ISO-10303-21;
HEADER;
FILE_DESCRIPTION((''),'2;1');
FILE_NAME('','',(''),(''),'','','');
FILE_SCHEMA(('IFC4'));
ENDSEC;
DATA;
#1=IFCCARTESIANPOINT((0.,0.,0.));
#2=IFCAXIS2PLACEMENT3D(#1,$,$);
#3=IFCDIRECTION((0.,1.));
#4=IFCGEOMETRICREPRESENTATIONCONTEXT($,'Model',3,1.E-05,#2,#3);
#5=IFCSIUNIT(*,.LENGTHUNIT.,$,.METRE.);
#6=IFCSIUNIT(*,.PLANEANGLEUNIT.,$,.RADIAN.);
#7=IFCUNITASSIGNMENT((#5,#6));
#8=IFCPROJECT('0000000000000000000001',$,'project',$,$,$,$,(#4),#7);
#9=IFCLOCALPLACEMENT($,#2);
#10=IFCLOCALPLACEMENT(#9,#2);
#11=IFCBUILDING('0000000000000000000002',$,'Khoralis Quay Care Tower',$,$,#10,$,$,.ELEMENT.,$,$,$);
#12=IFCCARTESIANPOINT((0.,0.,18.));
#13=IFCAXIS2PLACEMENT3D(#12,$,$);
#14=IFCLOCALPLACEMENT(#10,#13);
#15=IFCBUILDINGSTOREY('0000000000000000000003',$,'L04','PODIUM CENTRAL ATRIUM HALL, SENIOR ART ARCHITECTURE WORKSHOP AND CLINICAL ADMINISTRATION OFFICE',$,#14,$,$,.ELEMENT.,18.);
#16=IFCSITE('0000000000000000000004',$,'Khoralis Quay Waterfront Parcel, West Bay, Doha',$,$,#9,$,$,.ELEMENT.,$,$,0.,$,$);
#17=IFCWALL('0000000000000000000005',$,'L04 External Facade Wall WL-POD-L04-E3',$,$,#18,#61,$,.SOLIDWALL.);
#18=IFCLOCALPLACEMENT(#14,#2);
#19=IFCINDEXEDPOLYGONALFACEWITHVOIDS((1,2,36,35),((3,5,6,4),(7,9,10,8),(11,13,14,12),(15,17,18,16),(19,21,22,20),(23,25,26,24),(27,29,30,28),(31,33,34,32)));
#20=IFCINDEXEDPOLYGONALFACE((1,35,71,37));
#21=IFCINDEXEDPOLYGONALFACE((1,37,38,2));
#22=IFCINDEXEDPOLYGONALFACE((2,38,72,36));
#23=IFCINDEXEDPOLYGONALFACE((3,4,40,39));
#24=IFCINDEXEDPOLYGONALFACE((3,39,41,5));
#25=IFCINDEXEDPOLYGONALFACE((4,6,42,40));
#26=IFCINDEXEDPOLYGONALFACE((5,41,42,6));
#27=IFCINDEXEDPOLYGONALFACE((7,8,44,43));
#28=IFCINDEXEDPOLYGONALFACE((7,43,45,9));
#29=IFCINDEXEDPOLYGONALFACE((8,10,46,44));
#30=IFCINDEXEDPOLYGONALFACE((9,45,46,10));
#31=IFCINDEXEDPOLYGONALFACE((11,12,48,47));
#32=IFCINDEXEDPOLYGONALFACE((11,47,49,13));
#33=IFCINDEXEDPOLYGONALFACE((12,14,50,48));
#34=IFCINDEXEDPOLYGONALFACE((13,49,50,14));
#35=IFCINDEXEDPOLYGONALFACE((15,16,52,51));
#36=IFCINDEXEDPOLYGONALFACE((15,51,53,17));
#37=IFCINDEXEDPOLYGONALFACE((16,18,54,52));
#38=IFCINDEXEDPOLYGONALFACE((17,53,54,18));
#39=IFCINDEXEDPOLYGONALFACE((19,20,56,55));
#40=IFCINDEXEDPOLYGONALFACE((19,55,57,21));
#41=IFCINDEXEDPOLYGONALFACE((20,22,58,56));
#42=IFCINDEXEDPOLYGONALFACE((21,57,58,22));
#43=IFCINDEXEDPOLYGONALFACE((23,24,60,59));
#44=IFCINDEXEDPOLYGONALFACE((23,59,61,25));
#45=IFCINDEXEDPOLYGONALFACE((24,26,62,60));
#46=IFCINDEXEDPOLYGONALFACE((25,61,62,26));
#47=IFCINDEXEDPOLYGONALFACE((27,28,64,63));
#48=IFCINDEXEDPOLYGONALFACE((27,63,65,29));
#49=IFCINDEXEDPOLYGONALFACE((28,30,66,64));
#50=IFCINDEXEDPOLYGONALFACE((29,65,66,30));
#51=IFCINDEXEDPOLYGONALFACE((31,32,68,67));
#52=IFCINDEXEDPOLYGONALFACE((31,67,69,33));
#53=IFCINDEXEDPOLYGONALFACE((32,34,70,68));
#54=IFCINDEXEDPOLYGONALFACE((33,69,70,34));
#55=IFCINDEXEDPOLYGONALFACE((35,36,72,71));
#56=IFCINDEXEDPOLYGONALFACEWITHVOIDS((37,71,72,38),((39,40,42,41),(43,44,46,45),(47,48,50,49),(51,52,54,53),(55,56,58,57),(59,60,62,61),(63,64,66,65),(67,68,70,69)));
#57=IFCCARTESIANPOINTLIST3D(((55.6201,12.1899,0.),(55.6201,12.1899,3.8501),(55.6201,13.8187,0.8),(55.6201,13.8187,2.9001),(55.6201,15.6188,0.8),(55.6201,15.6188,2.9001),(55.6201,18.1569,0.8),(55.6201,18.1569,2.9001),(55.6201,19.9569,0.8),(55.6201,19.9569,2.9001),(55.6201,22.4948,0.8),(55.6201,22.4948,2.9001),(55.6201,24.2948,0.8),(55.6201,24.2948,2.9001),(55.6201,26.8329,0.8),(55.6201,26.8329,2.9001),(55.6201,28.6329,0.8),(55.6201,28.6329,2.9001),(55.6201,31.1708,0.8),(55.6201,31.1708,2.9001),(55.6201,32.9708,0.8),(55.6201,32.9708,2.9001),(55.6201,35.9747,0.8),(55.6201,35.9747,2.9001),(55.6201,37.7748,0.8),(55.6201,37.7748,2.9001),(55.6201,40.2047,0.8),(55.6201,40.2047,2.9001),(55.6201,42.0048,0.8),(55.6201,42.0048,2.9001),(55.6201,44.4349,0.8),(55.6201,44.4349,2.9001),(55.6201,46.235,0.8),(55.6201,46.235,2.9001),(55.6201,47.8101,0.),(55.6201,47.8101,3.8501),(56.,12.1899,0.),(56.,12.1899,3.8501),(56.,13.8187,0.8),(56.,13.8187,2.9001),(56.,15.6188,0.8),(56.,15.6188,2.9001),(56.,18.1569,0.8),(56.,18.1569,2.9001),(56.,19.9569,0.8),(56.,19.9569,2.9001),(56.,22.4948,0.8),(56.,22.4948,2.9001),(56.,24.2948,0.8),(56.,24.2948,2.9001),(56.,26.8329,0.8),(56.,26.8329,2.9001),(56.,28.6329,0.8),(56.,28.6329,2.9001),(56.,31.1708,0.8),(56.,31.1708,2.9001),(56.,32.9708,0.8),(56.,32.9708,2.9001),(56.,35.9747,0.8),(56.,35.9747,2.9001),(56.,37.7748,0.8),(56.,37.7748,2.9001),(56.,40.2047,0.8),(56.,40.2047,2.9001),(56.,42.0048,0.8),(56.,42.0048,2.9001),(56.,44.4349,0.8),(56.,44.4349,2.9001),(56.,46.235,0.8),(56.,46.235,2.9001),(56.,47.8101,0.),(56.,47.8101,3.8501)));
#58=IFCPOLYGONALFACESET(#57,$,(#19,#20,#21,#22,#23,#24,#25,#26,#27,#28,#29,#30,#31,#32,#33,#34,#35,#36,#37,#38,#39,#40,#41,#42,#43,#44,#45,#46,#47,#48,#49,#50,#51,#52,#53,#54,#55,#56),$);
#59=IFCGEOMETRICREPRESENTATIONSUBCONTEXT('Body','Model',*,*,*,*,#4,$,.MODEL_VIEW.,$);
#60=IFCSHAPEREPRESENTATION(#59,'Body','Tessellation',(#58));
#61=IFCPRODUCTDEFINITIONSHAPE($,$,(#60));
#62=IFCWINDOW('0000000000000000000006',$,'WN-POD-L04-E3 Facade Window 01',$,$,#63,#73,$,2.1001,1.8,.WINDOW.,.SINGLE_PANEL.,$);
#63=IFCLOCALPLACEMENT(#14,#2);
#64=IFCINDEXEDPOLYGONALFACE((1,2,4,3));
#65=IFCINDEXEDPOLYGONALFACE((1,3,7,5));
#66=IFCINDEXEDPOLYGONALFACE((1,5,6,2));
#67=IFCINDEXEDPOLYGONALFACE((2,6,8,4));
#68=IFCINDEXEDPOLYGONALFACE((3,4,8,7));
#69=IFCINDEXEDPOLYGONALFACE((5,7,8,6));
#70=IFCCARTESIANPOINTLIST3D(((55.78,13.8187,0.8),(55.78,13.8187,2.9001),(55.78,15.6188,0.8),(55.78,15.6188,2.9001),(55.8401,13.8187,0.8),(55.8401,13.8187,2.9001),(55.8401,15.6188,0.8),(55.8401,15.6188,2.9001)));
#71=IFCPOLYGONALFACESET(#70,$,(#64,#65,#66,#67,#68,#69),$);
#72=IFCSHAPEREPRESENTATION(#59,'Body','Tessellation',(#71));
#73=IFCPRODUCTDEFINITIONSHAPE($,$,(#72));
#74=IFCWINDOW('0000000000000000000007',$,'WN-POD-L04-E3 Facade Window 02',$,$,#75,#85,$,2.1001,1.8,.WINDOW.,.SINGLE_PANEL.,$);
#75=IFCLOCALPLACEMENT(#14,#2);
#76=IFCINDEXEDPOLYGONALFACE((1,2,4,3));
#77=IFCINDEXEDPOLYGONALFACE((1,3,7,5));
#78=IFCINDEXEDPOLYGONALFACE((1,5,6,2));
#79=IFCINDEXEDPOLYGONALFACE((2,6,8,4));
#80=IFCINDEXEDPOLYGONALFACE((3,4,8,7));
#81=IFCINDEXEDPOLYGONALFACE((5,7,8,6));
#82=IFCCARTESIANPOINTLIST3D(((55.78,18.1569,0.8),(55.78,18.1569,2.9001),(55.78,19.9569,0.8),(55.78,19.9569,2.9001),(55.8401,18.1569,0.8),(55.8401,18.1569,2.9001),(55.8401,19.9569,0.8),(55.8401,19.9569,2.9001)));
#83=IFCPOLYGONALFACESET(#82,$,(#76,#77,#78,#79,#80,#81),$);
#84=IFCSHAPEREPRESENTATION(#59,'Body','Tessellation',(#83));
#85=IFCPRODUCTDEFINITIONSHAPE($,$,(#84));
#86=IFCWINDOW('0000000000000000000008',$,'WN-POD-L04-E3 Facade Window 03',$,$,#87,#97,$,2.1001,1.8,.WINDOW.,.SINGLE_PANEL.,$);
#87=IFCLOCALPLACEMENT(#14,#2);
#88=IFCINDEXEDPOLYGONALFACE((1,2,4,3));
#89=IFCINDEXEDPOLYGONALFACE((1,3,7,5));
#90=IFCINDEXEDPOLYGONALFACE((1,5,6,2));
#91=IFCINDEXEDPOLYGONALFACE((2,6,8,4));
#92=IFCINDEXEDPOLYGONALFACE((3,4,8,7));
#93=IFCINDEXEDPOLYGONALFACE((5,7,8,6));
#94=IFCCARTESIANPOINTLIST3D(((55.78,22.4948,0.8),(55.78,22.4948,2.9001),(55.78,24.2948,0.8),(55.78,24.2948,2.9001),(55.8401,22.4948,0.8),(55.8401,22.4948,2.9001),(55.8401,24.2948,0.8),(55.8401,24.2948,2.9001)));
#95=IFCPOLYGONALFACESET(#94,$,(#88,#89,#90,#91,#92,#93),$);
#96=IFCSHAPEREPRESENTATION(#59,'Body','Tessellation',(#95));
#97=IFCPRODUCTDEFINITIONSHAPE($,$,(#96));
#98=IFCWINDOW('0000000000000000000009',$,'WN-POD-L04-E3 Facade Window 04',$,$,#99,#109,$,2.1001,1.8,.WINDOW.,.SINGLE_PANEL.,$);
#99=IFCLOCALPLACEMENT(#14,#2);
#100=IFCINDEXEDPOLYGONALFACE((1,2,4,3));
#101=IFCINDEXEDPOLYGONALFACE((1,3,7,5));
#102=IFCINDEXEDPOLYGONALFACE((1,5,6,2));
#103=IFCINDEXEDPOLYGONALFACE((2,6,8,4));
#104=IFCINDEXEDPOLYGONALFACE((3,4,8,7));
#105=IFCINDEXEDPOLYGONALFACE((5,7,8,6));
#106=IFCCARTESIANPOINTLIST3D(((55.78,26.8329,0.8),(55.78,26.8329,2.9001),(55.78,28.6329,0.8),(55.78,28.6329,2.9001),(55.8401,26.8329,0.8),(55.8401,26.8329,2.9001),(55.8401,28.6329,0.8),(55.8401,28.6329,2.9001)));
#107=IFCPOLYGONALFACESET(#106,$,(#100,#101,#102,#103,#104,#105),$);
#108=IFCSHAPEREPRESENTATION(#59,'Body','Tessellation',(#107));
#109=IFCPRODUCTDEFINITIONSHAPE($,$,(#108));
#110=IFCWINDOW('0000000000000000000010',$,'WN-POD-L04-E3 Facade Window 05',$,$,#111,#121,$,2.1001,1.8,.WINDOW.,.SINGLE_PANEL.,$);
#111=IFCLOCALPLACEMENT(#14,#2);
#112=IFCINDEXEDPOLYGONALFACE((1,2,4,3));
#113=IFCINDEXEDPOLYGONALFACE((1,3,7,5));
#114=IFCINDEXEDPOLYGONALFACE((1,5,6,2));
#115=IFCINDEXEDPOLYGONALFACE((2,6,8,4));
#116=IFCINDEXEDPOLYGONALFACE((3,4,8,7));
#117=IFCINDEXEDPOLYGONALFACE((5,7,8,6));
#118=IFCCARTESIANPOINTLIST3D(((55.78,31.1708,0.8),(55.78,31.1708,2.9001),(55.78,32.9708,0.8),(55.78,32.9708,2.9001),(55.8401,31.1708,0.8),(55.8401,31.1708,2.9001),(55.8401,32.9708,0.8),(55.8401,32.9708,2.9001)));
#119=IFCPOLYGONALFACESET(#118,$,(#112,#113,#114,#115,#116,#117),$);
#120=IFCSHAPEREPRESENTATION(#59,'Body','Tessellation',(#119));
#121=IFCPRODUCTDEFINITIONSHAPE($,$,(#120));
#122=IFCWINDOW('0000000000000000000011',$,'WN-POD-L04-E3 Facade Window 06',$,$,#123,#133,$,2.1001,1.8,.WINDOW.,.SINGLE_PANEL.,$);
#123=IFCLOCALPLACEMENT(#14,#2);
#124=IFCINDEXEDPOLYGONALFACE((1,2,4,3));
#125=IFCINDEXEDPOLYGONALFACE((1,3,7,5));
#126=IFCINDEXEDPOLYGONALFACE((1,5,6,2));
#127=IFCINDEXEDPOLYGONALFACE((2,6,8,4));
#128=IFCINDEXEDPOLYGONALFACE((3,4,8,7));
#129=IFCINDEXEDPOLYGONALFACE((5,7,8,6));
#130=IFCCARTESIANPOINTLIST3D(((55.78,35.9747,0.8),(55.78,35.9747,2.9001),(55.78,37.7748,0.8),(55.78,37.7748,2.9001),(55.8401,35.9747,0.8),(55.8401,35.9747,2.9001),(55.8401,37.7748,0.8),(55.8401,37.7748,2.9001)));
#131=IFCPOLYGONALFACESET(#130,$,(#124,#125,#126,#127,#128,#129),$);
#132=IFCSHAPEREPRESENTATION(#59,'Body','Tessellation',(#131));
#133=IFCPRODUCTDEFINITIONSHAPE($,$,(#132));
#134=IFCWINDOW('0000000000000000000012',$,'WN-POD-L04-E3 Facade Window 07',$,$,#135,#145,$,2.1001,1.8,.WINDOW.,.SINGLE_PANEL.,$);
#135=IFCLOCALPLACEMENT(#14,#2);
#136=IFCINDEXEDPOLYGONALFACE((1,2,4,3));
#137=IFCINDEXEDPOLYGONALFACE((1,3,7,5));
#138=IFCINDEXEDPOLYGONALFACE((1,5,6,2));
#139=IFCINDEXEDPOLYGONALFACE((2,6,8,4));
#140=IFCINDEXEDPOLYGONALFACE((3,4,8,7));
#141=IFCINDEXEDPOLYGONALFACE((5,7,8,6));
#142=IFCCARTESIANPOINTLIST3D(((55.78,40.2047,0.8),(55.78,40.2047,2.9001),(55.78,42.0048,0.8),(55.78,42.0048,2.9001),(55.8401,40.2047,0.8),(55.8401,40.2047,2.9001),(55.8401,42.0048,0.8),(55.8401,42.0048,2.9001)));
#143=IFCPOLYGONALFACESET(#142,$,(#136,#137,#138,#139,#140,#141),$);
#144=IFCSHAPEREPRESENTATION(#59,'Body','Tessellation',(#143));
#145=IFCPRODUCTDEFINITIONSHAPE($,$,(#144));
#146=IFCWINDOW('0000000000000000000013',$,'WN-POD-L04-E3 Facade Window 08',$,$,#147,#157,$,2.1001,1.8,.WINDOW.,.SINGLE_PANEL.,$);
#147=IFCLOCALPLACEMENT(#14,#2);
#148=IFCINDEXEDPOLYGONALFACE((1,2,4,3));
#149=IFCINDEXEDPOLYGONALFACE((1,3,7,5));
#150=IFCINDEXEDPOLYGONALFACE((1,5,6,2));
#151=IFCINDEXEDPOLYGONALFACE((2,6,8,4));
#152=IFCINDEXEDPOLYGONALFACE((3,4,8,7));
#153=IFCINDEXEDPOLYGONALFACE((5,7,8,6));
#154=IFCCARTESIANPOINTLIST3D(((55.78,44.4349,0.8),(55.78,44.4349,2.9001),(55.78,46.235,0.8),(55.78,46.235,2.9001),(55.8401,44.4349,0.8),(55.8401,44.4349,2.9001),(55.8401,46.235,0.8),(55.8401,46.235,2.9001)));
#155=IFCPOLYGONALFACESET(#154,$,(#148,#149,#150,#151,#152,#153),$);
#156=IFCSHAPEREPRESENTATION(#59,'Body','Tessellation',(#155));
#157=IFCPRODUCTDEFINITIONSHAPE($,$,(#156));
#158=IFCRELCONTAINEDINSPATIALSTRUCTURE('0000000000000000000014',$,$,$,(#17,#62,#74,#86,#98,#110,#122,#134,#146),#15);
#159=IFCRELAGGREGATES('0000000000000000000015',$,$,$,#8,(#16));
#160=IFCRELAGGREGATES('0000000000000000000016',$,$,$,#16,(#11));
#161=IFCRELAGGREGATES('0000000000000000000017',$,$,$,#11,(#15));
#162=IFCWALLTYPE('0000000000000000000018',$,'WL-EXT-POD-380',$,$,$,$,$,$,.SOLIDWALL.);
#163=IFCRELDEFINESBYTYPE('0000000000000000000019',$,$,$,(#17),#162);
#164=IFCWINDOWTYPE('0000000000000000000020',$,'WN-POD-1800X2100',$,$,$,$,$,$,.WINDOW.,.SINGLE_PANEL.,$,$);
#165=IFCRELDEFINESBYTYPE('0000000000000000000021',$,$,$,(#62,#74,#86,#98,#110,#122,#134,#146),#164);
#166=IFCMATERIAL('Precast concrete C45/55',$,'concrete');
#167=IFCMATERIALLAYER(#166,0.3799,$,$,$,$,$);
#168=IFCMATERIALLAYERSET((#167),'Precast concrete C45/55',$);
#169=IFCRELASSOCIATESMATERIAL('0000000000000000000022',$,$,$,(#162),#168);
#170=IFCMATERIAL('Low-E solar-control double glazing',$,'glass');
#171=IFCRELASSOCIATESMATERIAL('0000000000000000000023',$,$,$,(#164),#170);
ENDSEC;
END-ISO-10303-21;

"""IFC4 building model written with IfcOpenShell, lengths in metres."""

from ifc_helpers import new_model, si_unit, direction, frame, frame_2d, origin, place, context, subcontext, project, spatial, rectangle, extrude, source, transform, mapped, material, layer, layer_set, type_object, element, fill, save


model = new_model("IFC4")

# Units and contexts
model_context = context("Model", 3, precision=1e-05, world=origin(), true_north=direction((0.0, 1.0)))
body_context = subcontext(model_context, "Body", "Model", "MODEL_VIEW")
ifc_project = project(units=[si_unit("LENGTHUNIT", "METRE"), si_unit("PLANEANGLEUNIT", "RADIAN")], contexts=[model_context])

# Site, building, storey
site_placement = place(None, origin())
site = spatial("IfcSite", under=ifc_project, at=site_placement, Name="Khoralis Quay Waterfront Parcel, West Bay, Doha", CompositionType="ELEMENT", RefElevation=0.0)
building_placement = place(site_placement, origin())
building = spatial("IfcBuilding", under=site, at=building_placement, Name="Khoralis Quay Care Tower", CompositionType="ELEMENT")
storey_placement = place(building_placement, frame((0.0, 0.0, 18.0)))
storey = spatial("IfcBuildingStorey", under=building, at=storey_placement, Name="L04", Description="PODIUM CENTRAL ATRIUM HALL, SENIOR ART ARCHITECTURE WORKSHOP AND CLINICAL ADMINISTRATION OFFICE", CompositionType="ELEMENT", Elevation=18.0)

# Wall, openings, windows
ifc_material_1 = material(Name="Precast concrete C45/55", Category="concrete")
ifc_layer_1 = layer(ifc_material_1, 0.3799)
ifc_layer_set_1 = layer_set([ifc_layer_1], Name="Precast concrete C45/55")
wall_type_1 = type_object("IfcWallType", Name="WL-EXT-POD-380", PredefinedType="SOLIDWALL", material=ifc_layer_set_1)
wall_1_placement = place(storey_placement, frame((55.8101, 12.1899, 0.0), z_axis=(0.0, 0.0, 1.0), x_axis=(0.0, 1.0, 0.0)))
wall_1 = element("IfcWall", 1, at=wall_1_placement, inside=storey, type_object=wall_type_1, Name="L04 External Facade Wall WL-POD-L04-E3", PredefinedType="SOLIDWALL", context=body_context, shape_type="SweptSolid", body=[
    extrude(rectangle(XDim=35.6201, YDim=0.3799, at=frame_2d((17.8101, 0.0))), origin(), (0.0, 0.0, 1.0), 3.8501),
])
opening_1_placement = place(wall_1_placement, frame((1.6289, 0.0, 0.8)))
opening_1 = element("IfcOpeningElement", 2, at=opening_1_placement, cuts=wall_1, PredefinedType="OPENING", context=body_context, shape_type="SweptSolid", body=[
    extrude(rectangle(XDim=1.8, YDim=2.1001, at=frame_2d((0.8999, 1.05))), frame((0.0, 0.2, 0.0), z_axis=(0.0, -1.0, 0.0), x_axis=(1.0, 0.0, 0.0)), (0.0, 0.0, 1.0), 0.3999),
])
opening_2_placement = place(wall_1_placement, frame((5.967, 0.0, 0.8)))
opening_2 = element("IfcOpeningElement", 3, at=opening_2_placement, cuts=wall_1, PredefinedType="OPENING", context=body_context, shape_type="SweptSolid", body=[
    extrude(rectangle(XDim=1.8, YDim=2.1001, at=frame_2d((0.8999, 1.05))), frame((0.0, 0.2, 0.0), z_axis=(0.0, -1.0, 0.0), x_axis=(1.0, 0.0, 0.0)), (0.0, 0.0, 1.0), 0.3999),
])
opening_3_placement = place(wall_1_placement, frame((10.3049, 0.0, 0.8)))
opening_3 = element("IfcOpeningElement", 4, at=opening_3_placement, cuts=wall_1, PredefinedType="OPENING", context=body_context, shape_type="SweptSolid", body=[
    extrude(rectangle(XDim=1.8, YDim=2.1001, at=frame_2d((0.8999, 1.05))), frame((0.0, 0.2, 0.0), z_axis=(0.0, -1.0, 0.0), x_axis=(1.0, 0.0, 0.0)), (0.0, 0.0, 1.0), 0.3999),
])
opening_4_placement = place(wall_1_placement, frame((14.6431, 0.0, 0.8)))
opening_4 = element("IfcOpeningElement", 5, at=opening_4_placement, cuts=wall_1, PredefinedType="OPENING", context=body_context, shape_type="SweptSolid", body=[
    extrude(rectangle(XDim=1.8, YDim=2.1001, at=frame_2d((0.8999, 1.05))), frame((0.0, 0.2, 0.0), z_axis=(0.0, -1.0, 0.0), x_axis=(1.0, 0.0, 0.0)), (0.0, 0.0, 1.0), 0.3999),
])
opening_5_placement = place(wall_1_placement, frame((18.981, 0.0, 0.8)))
opening_5 = element("IfcOpeningElement", 6, at=opening_5_placement, cuts=wall_1, PredefinedType="OPENING", context=body_context, shape_type="SweptSolid", body=[
    extrude(rectangle(XDim=1.8, YDim=2.1001, at=frame_2d((0.8999, 1.05))), frame((0.0, 0.2, 0.0), z_axis=(0.0, -1.0, 0.0), x_axis=(1.0, 0.0, 0.0)), (0.0, 0.0, 1.0), 0.3999),
])
opening_6_placement = place(wall_1_placement, frame((23.7849, 0.0, 0.8)))
opening_6 = element("IfcOpeningElement", 7, at=opening_6_placement, cuts=wall_1, PredefinedType="OPENING", context=body_context, shape_type="SweptSolid", body=[
    extrude(rectangle(XDim=1.8, YDim=2.1001, at=frame_2d((0.8999, 1.05))), frame((0.0, 0.2, 0.0), z_axis=(0.0, -1.0, 0.0), x_axis=(1.0, 0.0, 0.0)), (0.0, 0.0, 1.0), 0.3999),
])
opening_7_placement = place(wall_1_placement, frame((28.0149, 0.0, 0.8)))
opening_7 = element("IfcOpeningElement", 8, at=opening_7_placement, cuts=wall_1, PredefinedType="OPENING", context=body_context, shape_type="SweptSolid", body=[
    extrude(rectangle(XDim=1.8, YDim=2.1001, at=frame_2d((0.8999, 1.05))), frame((0.0, 0.2, 0.0), z_axis=(0.0, -1.0, 0.0), x_axis=(1.0, 0.0, 0.0)), (0.0, 0.0, 1.0), 0.3999),
])
opening_8_placement = place(wall_1_placement, frame((32.2451, 0.0, 0.8)))
opening_8 = element("IfcOpeningElement", 9, at=opening_8_placement, cuts=wall_1, PredefinedType="OPENING", context=body_context, shape_type="SweptSolid", body=[
    extrude(rectangle(XDim=1.8, YDim=2.1001, at=frame_2d((0.8999, 1.05))), frame((0.0, 0.2, 0.0), z_axis=(0.0, -1.0, 0.0), x_axis=(1.0, 0.0, 0.0)), (0.0, 0.0, 1.0), 0.3999),
])
ifc_material_2 = material(Name="Low-E solar-control double glazing", Category="glass")
window_type_1 = type_object("IfcWindowType", Name="WN-POD-1800X2100", PartitioningType="SINGLE_PANEL", PredefinedType="WINDOW", material=ifc_material_2)
shared_shape_1 = source(origin(), body_context, "Body", "SweptSolid", [
    extrude(rectangle(XDim=1.8, YDim=2.1001, at=frame_2d((0.8999, 1.05))), frame((0.0, 0.03, 0.0), z_axis=(0.0, -1.0, 0.0), x_axis=(1.0, 0.0, 0.0)), (0.0, 0.0, 1.0), 0.0601),
])
window_1_placement = place(opening_1_placement, origin())
window_1 = element("IfcWindow", 10, at=window_1_placement, inside=storey, type_object=window_type_1, Name="WN-POD-L04-E3 Facade Window 01", OverallHeight=2.1001, OverallWidth=1.8, PartitioningType="SINGLE_PANEL", PredefinedType="WINDOW", context=body_context, shape_type="MappedRepresentation", body=[
    mapped(shared_shape_1, transform((0.0, 0.0, 0.0), scale=1.0)),
])
fill(opening_1, window_1)
window_2_placement = place(opening_2_placement, origin())
window_2 = element("IfcWindow", 11, at=window_2_placement, inside=storey, type_object=window_type_1, Name="WN-POD-L04-E3 Facade Window 02", OverallHeight=2.1001, OverallWidth=1.8, PartitioningType="SINGLE_PANEL", PredefinedType="WINDOW", context=body_context, shape_type="MappedRepresentation", body=[
    mapped(shared_shape_1, transform((0.0, 0.0, 0.0), scale=1.0)),
])
fill(opening_2, window_2)
window_3_placement = place(opening_3_placement, origin())
window_3 = element("IfcWindow", 12, at=window_3_placement, inside=storey, type_object=window_type_1, Name="WN-POD-L04-E3 Facade Window 03", OverallHeight=2.1001, OverallWidth=1.8, PartitioningType="SINGLE_PANEL", PredefinedType="WINDOW", context=body_context, shape_type="MappedRepresentation", body=[
    mapped(shared_shape_1, transform((0.0, 0.0, 0.0), scale=1.0)),
])
fill(opening_3, window_3)
window_4_placement = place(opening_4_placement, origin())
window_4 = element("IfcWindow", 13, at=window_4_placement, inside=storey, type_object=window_type_1, Name="WN-POD-L04-E3 Facade Window 04", OverallHeight=2.1001, OverallWidth=1.8, PartitioningType="SINGLE_PANEL", PredefinedType="WINDOW", context=body_context, shape_type="MappedRepresentation", body=[
    mapped(shared_shape_1, transform((0.0, 0.0, 0.0), scale=1.0)),
])
fill(opening_4, window_4)
window_5_placement = place(opening_5_placement, origin())
window_5 = element("IfcWindow", 14, at=window_5_placement, inside=storey, type_object=window_type_1, Name="WN-POD-L04-E3 Facade Window 05", OverallHeight=2.1001, OverallWidth=1.8, PartitioningType="SINGLE_PANEL", PredefinedType="WINDOW", context=body_context, shape_type="MappedRepresentation", body=[
    mapped(shared_shape_1, transform((0.0, 0.0, 0.0), scale=1.0)),
])
fill(opening_5, window_5)
window_6_placement = place(opening_6_placement, origin())
window_6 = element("IfcWindow", 15, at=window_6_placement, inside=storey, type_object=window_type_1, Name="WN-POD-L04-E3 Facade Window 06", OverallHeight=2.1001, OverallWidth=1.8, PartitioningType="SINGLE_PANEL", PredefinedType="WINDOW", context=body_context, shape_type="MappedRepresentation", body=[
    mapped(shared_shape_1, transform((0.0, 0.0, 0.0), scale=1.0)),
])
fill(opening_6, window_6)
window_7_placement = place(opening_7_placement, origin())
window_7 = element("IfcWindow", 16, at=window_7_placement, inside=storey, type_object=window_type_1, Name="WN-POD-L04-E3 Facade Window 07", OverallHeight=2.1001, OverallWidth=1.8, PartitioningType="SINGLE_PANEL", PredefinedType="WINDOW", context=body_context, shape_type="MappedRepresentation", body=[
    mapped(shared_shape_1, transform((0.0, 0.0, 0.0), scale=1.0)),
])
fill(opening_7, window_7)
window_8_placement = place(opening_8_placement, origin())
window_8 = element("IfcWindow", 17, at=window_8_placement, inside=storey, type_object=window_type_1, Name="WN-POD-L04-E3 Facade Window 08", OverallHeight=2.1001, OverallWidth=1.8, PartitioningType="SINGLE_PANEL", PredefinedType="WINDOW", context=body_context, shape_type="MappedRepresentation", body=[
    mapped(shared_shape_1, transform((0.0, 0.0, 0.0), scale=1.0)),
])
fill(opening_8, window_8)

save(model, "model.ifc")
